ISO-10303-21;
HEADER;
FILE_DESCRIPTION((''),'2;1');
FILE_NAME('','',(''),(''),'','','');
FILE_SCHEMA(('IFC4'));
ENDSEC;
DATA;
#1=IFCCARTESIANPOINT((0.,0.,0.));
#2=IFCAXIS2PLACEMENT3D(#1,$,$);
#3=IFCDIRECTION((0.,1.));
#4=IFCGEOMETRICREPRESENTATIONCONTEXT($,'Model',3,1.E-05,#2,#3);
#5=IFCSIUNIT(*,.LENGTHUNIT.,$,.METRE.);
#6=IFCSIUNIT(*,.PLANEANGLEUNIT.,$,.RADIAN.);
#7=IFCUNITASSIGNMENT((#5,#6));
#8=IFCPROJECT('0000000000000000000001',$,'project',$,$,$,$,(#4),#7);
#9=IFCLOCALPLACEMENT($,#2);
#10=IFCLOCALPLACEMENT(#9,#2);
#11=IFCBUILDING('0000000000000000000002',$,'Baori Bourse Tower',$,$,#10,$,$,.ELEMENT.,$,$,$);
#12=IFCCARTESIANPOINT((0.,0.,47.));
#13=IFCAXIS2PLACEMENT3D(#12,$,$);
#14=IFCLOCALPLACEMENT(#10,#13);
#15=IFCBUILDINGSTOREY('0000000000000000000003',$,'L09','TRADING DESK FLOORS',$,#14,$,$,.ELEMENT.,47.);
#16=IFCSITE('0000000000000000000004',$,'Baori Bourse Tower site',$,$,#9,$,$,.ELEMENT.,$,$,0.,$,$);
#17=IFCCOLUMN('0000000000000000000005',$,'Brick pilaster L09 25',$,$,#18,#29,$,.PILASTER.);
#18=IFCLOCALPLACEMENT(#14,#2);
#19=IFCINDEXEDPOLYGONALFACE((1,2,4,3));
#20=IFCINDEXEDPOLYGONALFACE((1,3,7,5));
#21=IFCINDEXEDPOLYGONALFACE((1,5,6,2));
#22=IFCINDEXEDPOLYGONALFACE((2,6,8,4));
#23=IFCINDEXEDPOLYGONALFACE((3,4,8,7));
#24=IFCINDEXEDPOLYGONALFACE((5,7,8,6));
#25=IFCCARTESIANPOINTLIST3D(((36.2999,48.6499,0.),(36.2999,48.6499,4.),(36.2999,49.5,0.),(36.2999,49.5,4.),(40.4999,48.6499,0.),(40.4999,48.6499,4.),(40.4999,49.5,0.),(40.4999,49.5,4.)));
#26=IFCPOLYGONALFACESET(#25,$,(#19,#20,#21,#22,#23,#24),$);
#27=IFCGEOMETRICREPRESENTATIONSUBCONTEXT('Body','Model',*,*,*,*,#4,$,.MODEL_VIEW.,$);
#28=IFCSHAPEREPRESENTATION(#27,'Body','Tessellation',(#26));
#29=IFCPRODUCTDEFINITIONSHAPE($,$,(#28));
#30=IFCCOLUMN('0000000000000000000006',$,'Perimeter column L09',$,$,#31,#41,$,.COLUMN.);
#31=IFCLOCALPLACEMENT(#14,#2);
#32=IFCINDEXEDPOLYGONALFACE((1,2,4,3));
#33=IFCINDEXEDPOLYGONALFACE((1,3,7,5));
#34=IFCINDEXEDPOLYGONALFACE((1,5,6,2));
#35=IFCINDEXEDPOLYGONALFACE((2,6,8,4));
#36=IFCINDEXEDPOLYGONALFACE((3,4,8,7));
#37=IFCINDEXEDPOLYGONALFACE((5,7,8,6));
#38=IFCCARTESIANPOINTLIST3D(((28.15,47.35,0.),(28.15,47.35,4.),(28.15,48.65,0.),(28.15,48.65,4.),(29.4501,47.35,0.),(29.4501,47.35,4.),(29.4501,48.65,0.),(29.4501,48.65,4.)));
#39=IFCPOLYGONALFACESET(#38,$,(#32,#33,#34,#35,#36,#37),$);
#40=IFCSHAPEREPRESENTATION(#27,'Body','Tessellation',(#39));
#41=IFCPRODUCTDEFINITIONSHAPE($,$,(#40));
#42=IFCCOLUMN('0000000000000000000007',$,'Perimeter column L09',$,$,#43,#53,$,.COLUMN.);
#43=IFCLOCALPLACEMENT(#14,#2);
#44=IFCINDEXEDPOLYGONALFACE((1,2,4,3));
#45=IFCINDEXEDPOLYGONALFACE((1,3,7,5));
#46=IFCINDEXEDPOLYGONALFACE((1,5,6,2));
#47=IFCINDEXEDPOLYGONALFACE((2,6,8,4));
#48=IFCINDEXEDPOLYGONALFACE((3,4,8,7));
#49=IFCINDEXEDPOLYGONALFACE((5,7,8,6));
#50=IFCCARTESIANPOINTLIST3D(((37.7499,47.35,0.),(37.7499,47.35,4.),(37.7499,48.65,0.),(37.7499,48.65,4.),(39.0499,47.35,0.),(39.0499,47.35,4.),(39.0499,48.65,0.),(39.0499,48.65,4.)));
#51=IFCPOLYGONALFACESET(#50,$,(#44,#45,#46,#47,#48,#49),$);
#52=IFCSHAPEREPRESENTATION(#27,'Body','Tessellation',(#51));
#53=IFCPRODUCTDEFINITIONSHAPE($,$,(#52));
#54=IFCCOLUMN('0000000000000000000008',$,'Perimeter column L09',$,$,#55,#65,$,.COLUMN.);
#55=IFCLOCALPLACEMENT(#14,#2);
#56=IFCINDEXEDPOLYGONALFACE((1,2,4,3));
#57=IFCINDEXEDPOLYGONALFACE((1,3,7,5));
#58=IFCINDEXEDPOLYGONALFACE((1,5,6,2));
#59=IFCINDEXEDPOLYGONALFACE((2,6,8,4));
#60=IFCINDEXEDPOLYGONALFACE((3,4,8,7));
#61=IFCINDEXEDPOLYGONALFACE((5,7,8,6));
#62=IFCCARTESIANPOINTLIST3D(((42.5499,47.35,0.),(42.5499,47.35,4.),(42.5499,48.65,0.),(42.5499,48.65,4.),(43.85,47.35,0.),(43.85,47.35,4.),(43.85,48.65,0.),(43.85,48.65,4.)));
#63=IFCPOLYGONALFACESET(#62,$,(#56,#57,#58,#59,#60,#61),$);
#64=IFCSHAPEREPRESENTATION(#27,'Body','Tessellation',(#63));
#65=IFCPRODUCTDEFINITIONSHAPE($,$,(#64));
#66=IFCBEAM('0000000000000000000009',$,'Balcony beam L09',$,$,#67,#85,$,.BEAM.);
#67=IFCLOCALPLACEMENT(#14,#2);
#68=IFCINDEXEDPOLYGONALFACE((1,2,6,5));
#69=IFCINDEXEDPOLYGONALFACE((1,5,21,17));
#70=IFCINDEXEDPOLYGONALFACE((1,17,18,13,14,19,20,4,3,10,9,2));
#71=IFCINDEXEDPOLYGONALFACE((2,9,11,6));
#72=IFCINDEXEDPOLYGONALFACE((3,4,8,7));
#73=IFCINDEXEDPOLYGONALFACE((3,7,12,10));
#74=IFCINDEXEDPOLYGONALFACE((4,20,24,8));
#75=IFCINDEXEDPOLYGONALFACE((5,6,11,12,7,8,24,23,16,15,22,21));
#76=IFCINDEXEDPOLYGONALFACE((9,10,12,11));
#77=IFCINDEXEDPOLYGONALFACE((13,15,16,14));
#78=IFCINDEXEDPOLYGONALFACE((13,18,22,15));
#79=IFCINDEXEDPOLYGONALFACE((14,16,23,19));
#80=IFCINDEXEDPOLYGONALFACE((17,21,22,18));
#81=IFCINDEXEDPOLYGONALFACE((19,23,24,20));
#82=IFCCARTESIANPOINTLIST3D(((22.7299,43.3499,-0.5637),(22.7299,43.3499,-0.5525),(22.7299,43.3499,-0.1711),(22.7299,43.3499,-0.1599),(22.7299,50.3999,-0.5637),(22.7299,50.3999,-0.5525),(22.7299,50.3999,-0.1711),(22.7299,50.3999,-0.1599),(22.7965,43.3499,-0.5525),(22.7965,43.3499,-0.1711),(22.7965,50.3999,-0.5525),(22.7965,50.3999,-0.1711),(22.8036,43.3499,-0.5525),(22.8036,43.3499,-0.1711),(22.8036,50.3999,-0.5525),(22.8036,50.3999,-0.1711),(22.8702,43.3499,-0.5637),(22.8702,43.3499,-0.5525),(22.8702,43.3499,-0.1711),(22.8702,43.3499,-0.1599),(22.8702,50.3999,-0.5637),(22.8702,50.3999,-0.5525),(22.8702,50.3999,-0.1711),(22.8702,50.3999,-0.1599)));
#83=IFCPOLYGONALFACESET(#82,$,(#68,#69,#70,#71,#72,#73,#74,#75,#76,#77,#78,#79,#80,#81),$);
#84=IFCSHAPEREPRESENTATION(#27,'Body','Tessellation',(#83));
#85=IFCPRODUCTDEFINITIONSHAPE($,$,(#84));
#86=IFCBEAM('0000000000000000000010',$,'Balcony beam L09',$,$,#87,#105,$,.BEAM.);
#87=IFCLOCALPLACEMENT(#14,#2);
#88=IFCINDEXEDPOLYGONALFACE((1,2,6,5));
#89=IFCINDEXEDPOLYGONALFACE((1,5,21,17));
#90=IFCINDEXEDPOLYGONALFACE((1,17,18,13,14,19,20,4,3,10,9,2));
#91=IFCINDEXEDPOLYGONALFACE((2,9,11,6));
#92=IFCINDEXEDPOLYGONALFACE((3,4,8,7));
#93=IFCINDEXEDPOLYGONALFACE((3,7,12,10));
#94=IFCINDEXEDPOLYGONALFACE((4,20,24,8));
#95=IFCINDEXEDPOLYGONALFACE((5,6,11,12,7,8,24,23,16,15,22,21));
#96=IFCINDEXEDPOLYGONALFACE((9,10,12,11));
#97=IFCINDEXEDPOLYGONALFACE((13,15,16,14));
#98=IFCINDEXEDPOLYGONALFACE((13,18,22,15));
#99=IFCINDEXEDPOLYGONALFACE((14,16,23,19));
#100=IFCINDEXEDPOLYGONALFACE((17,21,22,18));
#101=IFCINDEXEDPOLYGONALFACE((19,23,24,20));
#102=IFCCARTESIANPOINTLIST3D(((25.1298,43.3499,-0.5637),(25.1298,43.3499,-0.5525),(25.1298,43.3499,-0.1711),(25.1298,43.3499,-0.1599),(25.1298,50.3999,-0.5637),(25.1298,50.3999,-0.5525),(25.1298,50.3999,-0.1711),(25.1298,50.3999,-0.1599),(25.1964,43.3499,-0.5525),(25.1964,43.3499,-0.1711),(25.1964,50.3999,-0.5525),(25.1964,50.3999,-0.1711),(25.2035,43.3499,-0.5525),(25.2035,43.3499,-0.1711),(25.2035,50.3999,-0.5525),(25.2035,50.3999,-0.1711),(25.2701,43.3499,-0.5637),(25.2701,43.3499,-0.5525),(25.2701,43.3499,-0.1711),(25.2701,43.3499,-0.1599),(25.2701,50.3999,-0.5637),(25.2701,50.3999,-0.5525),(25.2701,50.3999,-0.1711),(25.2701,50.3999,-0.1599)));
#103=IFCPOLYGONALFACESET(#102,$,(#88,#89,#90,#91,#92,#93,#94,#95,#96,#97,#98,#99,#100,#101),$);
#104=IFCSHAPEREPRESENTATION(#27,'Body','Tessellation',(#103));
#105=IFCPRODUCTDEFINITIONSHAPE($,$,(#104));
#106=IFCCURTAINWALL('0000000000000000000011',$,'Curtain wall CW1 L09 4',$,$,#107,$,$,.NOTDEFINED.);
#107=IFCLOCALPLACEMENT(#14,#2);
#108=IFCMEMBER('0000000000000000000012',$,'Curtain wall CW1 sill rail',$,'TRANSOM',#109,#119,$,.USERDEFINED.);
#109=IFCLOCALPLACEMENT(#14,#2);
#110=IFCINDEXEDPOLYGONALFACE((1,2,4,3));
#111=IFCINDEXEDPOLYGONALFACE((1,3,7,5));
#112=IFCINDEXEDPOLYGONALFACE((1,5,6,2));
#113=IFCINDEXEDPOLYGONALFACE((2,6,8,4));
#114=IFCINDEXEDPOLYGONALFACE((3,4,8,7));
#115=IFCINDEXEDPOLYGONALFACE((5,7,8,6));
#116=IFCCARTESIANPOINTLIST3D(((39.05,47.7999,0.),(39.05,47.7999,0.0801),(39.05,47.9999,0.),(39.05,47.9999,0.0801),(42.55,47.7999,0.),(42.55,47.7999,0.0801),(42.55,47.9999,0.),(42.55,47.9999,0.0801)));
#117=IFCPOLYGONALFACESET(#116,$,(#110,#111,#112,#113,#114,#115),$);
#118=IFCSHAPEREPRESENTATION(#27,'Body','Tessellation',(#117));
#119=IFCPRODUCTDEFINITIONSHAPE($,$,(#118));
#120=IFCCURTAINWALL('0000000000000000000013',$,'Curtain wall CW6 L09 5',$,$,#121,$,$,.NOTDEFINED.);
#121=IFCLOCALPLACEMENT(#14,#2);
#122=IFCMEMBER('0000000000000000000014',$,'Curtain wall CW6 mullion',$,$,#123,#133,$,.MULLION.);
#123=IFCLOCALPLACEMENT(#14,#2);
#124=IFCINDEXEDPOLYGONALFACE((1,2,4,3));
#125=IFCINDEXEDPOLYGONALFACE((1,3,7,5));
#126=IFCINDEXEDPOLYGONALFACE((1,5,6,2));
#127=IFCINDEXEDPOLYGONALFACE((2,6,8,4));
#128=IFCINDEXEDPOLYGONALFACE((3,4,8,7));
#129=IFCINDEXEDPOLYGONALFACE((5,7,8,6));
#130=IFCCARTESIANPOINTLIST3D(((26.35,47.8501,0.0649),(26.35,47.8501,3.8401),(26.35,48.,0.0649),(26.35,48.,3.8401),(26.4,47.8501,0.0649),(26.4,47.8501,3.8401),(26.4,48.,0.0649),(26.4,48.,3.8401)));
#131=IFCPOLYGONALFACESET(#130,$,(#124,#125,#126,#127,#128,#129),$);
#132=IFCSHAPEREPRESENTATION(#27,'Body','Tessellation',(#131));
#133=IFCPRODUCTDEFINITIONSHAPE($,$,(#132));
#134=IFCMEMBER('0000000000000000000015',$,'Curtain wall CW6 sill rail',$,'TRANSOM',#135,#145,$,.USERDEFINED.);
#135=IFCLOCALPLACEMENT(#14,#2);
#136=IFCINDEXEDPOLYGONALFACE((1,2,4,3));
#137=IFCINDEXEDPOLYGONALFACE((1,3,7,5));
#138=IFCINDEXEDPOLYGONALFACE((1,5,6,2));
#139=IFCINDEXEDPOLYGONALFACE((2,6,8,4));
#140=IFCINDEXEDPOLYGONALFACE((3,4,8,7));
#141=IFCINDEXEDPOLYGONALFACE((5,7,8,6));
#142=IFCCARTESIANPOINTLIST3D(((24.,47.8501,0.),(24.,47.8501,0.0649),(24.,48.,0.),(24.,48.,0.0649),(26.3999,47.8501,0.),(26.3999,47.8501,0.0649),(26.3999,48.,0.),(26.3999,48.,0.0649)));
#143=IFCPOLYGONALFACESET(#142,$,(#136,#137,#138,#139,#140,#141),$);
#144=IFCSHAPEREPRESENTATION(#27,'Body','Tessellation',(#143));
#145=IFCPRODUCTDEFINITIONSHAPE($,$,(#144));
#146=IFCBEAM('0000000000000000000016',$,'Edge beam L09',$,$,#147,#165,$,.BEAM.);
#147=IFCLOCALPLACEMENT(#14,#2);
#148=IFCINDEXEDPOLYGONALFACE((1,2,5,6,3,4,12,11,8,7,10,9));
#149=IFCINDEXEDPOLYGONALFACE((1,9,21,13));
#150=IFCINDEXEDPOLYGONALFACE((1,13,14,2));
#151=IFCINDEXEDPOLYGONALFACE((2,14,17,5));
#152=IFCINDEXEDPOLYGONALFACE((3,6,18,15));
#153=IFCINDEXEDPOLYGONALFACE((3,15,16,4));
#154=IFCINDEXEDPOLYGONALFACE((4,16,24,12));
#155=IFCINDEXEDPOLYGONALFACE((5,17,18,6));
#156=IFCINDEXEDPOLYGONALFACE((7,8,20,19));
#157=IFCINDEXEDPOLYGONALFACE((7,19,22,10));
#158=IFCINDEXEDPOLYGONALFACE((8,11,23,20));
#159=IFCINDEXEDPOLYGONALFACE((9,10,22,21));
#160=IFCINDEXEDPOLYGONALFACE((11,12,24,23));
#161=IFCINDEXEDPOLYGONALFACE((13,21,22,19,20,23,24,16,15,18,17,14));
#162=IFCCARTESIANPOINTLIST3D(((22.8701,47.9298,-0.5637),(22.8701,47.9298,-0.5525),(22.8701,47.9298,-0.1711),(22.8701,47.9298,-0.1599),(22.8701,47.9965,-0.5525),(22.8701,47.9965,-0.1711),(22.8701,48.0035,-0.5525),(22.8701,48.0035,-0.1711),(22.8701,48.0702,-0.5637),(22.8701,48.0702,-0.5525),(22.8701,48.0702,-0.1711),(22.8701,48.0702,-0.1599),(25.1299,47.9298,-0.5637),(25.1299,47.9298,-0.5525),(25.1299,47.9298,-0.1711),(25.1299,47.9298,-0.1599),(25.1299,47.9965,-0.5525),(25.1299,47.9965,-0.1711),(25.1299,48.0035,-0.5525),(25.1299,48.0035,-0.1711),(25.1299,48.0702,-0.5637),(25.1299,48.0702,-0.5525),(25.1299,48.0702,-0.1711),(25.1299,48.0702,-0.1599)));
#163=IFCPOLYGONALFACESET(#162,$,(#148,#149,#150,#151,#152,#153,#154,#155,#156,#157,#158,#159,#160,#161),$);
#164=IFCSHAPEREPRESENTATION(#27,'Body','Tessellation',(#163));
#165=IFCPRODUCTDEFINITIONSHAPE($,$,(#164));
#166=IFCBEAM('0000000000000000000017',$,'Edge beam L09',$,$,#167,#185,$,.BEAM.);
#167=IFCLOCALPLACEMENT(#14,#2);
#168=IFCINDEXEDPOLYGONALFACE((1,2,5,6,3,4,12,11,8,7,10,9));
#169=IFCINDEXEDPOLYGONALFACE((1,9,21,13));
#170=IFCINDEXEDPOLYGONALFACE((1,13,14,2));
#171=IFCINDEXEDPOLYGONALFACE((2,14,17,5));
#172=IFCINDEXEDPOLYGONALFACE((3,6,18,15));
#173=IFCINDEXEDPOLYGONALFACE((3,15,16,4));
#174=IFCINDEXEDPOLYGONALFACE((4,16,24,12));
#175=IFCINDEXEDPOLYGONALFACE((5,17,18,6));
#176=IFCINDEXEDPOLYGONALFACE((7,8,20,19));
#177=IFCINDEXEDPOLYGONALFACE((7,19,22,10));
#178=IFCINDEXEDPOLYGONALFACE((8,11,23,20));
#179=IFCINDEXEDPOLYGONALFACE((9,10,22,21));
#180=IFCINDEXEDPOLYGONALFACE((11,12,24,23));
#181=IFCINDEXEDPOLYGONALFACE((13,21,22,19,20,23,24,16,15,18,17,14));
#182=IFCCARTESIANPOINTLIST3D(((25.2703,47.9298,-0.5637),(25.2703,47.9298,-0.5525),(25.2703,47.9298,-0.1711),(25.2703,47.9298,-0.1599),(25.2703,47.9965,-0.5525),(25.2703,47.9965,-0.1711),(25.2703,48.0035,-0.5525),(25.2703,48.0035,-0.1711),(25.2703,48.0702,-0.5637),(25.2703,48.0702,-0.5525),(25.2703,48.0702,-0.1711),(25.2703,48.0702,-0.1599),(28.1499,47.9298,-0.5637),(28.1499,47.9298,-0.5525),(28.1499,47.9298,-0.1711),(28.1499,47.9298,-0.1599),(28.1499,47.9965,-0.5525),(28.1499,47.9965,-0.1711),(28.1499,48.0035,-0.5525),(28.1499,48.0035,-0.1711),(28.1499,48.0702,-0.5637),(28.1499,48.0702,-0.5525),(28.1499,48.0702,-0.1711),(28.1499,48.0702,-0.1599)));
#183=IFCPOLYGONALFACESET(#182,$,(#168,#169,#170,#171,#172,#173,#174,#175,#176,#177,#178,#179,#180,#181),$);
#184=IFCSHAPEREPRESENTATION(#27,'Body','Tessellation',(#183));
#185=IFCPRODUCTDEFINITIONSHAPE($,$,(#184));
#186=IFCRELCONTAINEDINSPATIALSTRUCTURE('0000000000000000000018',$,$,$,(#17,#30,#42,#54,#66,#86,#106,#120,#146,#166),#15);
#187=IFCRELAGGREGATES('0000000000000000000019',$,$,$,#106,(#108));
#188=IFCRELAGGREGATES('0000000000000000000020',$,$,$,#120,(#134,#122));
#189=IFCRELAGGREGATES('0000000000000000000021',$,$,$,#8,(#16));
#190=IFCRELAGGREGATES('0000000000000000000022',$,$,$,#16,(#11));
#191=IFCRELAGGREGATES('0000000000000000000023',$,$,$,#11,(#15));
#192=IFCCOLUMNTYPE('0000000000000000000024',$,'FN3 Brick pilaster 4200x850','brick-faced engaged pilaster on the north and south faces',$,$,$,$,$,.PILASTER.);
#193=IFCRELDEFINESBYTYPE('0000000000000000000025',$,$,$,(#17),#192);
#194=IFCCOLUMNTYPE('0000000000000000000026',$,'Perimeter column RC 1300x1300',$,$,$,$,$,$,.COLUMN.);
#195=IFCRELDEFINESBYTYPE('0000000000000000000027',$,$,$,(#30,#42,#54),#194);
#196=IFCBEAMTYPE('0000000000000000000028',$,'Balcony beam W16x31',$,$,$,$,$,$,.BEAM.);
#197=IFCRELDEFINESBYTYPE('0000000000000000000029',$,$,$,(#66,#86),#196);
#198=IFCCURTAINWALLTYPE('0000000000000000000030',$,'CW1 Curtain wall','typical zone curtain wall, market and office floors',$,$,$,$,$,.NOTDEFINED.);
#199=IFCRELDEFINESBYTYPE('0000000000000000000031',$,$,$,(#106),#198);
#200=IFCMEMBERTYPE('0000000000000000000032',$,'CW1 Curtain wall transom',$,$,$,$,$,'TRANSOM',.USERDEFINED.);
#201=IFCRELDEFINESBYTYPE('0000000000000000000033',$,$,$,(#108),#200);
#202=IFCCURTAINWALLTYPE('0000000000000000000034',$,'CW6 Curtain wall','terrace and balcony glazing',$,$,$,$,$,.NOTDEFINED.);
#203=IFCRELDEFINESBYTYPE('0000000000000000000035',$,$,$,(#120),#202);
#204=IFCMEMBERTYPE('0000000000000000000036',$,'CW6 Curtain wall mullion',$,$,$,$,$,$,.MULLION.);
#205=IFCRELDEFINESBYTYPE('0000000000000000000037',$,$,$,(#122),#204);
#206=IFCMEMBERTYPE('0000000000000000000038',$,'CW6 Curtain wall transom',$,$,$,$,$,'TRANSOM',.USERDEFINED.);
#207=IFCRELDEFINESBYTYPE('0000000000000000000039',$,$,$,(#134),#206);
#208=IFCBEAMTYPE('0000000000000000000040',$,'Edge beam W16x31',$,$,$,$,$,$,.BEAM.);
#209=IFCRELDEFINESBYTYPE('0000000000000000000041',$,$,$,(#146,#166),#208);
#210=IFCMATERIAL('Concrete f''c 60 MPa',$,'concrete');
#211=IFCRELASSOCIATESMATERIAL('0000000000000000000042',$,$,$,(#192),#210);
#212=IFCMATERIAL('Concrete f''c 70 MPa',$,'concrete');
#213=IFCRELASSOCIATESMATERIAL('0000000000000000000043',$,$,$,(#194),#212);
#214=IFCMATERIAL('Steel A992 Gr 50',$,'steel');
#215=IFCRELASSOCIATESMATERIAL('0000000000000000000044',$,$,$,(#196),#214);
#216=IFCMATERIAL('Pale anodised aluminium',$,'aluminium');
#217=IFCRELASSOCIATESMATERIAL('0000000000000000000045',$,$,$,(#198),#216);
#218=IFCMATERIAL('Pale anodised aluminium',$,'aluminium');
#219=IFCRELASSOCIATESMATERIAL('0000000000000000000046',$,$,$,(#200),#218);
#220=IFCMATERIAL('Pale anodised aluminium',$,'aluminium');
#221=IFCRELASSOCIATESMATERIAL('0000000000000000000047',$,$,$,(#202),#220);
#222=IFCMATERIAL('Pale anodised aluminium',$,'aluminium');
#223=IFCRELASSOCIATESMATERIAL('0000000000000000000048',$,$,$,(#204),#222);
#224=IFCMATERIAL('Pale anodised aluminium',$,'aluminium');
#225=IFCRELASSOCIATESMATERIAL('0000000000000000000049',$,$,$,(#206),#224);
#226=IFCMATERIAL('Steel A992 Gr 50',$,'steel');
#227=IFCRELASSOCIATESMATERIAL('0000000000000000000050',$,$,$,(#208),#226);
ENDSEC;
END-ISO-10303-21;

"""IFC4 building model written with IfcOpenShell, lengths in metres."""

from ifc_helpers import new_model, si_unit, direction, frame, origin, origin_2d, place, context, subcontext, project, spatial, rectangle, i_section, extrude, material, material_profile, profile_set, type_object, element, aggregate, save


model = new_model("IFC4")

# Units and contexts
model_context = context("Model", 3, precision=1e-05, world=origin(), true_north=direction((0.0, 1.0)))
body_context = subcontext(model_context, "Body", "Model", "MODEL_VIEW")
ifc_project = project(units=[si_unit("LENGTHUNIT", "METRE"), si_unit("PLANEANGLEUNIT", "RADIAN")], contexts=[model_context])

# Site, building, storey
site_placement = place(None, origin())
site = spatial("IfcSite", under=ifc_project, at=site_placement, Name="Baori Bourse Tower site", CompositionType="ELEMENT", RefElevation=0.0)
building_placement = place(site_placement, origin())
building = spatial("IfcBuilding", under=site, at=building_placement, Name="Baori Bourse Tower", CompositionType="ELEMENT")
storey_placement = place(building_placement, frame((0.0, 0.0, 47.0)))
storey = spatial("IfcBuildingStorey", under=building, at=storey_placement, Name="L09", Description="TRADING DESK FLOORS", CompositionType="ELEMENT", Elevation=47.0)

# Columns
ifc_material_1 = material(Name="Concrete f'c 60 MPa", Category="concrete")
ifc_material_profile_1 = material_profile(ifc_material_1, rectangle(XDim=4.2, YDim=0.8501, at=origin_2d()), Name="RC 4200x850")
ifc_profile_set_1 = profile_set([ifc_material_profile_1], Name="Concrete f'c 60 MPa")
column_type_1 = type_object("IfcColumnType", Name="FN3 Brick pilaster 4200x850", Description="brick-faced engaged pilaster on the north and south faces", PredefinedType="PILASTER", material=ifc_profile_set_1)
column_placement = place(storey_placement, frame((38.3999, 49.075, 0.0), z_axis=(0.0, 0.0, 1.0), x_axis=(1.0, 0.0, 0.0)))
element("IfcColumn", 1, at=column_placement, inside=storey, type_object=column_type_1, Name="Brick pilaster L09 25", PredefinedType="PILASTER", context=body_context, shape_type="SweptSolid", body=[
    extrude(rectangle(XDim=4.2, YDim=0.8501, at=origin_2d()), origin(), (0.0, 0.0, 1.0), 4.0),
])
ifc_material_2 = material(Name="Concrete f'c 70 MPa", Category="concrete")
ifc_material_profile_2 = material_profile(ifc_material_2, rectangle(XDim=1.3, YDim=1.3, at=origin_2d()), Name="RC 1300x1300")
ifc_profile_set_2 = profile_set([ifc_material_profile_2], Name="Concrete f'c 70 MPa")
column_type_2 = type_object("IfcColumnType", Name="Perimeter column RC 1300x1300", PredefinedType="COLUMN", material=ifc_profile_set_2)
for number, where, z_axis, x_axis, name in (
    (2, (28.8, 48.0, 0.0), (0.0, 0.0, 1.0), (1.0, 0.0, 0.0), "Perimeter column L09"),
    (3, (38.3999, 48.0, 0.0), (0.0, 0.0, 1.0), (1.0, 0.0, 0.0), "Perimeter column L09"),
    (4, (43.2, 48.0, 0.0), (0.0, 0.0, 1.0), (1.0, 0.0, 0.0), "Perimeter column L09"),
):
    element("IfcColumn", number, at=place(storey_placement, frame(where, z_axis=z_axis, x_axis=x_axis)), inside=storey, type_object=column_type_2, Name=name, PredefinedType="COLUMN", context=body_context, shape_type="SweptSolid", body=[
        extrude(rectangle(XDim=1.3, YDim=1.3, at=origin_2d()), origin(), (0.0, 0.0, 1.0), 4.0),
    ])

# Beams
ifc_material_3 = material(Name="Steel A992 Gr 50", Category="steel")
ifc_material_profile_3 = material_profile(ifc_material_3, i_section(OverallWidth=0.1404, OverallDepth=0.4038, WebThickness=0.0071, FlangeThickness=0.0112, at=origin_2d()), Name="W16x31")
ifc_profile_set_3 = profile_set([ifc_material_profile_3], Name="Steel A992 Gr 50")
beam_type_1 = type_object("IfcBeamType", Name="Balcony beam W16x31", PredefinedType="BEAM", material=ifc_profile_set_3)
for number, where, z_axis, x_axis, name in (
    (5, (22.8, 50.3999, -0.3618), (0.0, -1.0, 0.0), (1.0, 0.0, 0.0), "Balcony beam L09"),
    (6, (25.2, 50.3999, -0.3618), (0.0, -1.0, 0.0), (1.0, 0.0, 0.0), "Balcony beam L09"),
):
    element("IfcBeam", number, at=place(storey_placement, frame(where, z_axis=z_axis, x_axis=x_axis)), inside=storey, type_object=beam_type_1, Name=name, PredefinedType="BEAM", context=body_context, shape_type="SweptSolid", body=[
        extrude(i_section(OverallWidth=0.1404, OverallDepth=0.4038, WebThickness=0.0071, FlangeThickness=0.0112, at=origin_2d()), origin(), (0.0, 0.0, 1.0), 7.05),
    ])

# Curtain wall, member
ifc_material_4 = material(Name="Pale anodised aluminium", Category="aluminium")
curtain_wall_type_1 = type_object("IfcCurtainWallType", Name="CW1 Curtain wall", Description="typical zone curtain wall, market and office floors", PredefinedType="NOTDEFINED", material=ifc_material_4)
curtain_wall_1_placement = place(storey_placement, origin())
curtain_wall_1 = element("IfcCurtainWall", 7, at=curtain_wall_1_placement, inside=storey, type_object=curtain_wall_type_1, Name="Curtain wall CW1 L09 4", PredefinedType="NOTDEFINED")
ifc_material_5 = material(Name="Pale anodised aluminium", Category="aluminium")
ifc_material_profile_4 = material_profile(ifc_material_5, rectangle(XDim=0.2, YDim=0.0801, at=origin_2d()), Name="Transom 80x200")
ifc_profile_set_4 = profile_set([ifc_material_profile_4], Name="Pale anodised aluminium")
member_type_1 = type_object("IfcMemberType", Name="CW1 Curtain wall transom", ElementType="TRANSOM", PredefinedType="USERDEFINED", material=ifc_profile_set_4)
member_1_placement = place(storey_placement, frame((42.55, 47.8999, 0.04), z_axis=(-1.0, 0.0, 0.0), x_axis=(0.0, -1.0, 0.0)))
member_1 = element("IfcMember", 8, at=member_1_placement, type_object=member_type_1, Name="Curtain wall CW1 sill rail", ObjectType="TRANSOM", PredefinedType="USERDEFINED", context=body_context, shape_type="SweptSolid", body=[
    extrude(rectangle(XDim=0.2, YDim=0.0801, at=origin_2d()), origin(), (0.0, 0.0, 1.0), 3.5),
])

# Curtain wall, members
ifc_material_6 = material(Name="Pale anodised aluminium", Category="aluminium")
curtain_wall_type_2 = type_object("IfcCurtainWallType", Name="CW6 Curtain wall", Description="terrace and balcony glazing", PredefinedType="NOTDEFINED", material=ifc_material_6)
curtain_wall_2_placement = place(storey_placement, origin())
curtain_wall_2 = element("IfcCurtainWall", 9, at=curtain_wall_2_placement, inside=storey, type_object=curtain_wall_type_2, Name="Curtain wall CW6 L09 5", PredefinedType="NOTDEFINED")
ifc_material_7 = material(Name="Pale anodised aluminium", Category="aluminium")
ifc_material_profile_5 = material_profile(ifc_material_7, rectangle(XDim=0.1499, YDim=0.05, at=origin_2d()), Name="Mullion 50x150")
ifc_profile_set_5 = profile_set([ifc_material_profile_5], Name="Pale anodised aluminium")
member_type_2 = type_object("IfcMemberType", Name="CW6 Curtain wall mullion", PredefinedType="MULLION", material=ifc_profile_set_5)
member_2_placement = place(storey_placement, frame((26.375, 47.925, 0.0649), z_axis=(0.0, 0.0, 1.0), x_axis=(0.0, -1.0, 0.0)))
member_2 = element("IfcMember", 10, at=member_2_placement, type_object=member_type_2, Name="Curtain wall CW6 mullion", PredefinedType="MULLION", context=body_context, shape_type="SweptSolid", body=[
    extrude(rectangle(XDim=0.1499, YDim=0.05, at=origin_2d()), origin(), (0.0, 0.0, 1.0), 3.7751),
])
ifc_material_8 = material(Name="Pale anodised aluminium", Category="aluminium")
ifc_material_profile_6 = material_profile(ifc_material_8, rectangle(XDim=0.1499, YDim=0.0649, at=origin_2d()), Name="Transom 65x150")
ifc_profile_set_6 = profile_set([ifc_material_profile_6], Name="Pale anodised aluminium")
member_type_3 = type_object("IfcMemberType", Name="CW6 Curtain wall transom", ElementType="TRANSOM", PredefinedType="USERDEFINED", material=ifc_profile_set_6)
member_3_placement = place(storey_placement, frame((26.3999, 47.925, 0.0325), z_axis=(-1.0, 0.0, 0.0), x_axis=(0.0, -1.0, 0.0)))
member_3 = element("IfcMember", 11, at=member_3_placement, type_object=member_type_3, Name="Curtain wall CW6 sill rail", ObjectType="TRANSOM", PredefinedType="USERDEFINED", context=body_context, shape_type="SweptSolid", body=[
    extrude(rectangle(XDim=0.1499, YDim=0.0649, at=origin_2d()), origin(), (0.0, 0.0, 1.0), 2.3999),
])

# Beams
ifc_material_9 = material(Name="Steel A992 Gr 50", Category="steel")
ifc_material_profile_7 = material_profile(ifc_material_9, i_section(OverallWidth=0.1404, OverallDepth=0.4038, WebThickness=0.0071, FlangeThickness=0.0112, at=origin_2d()), Name="W16x31")
ifc_profile_set_7 = profile_set([ifc_material_profile_7], Name="Steel A992 Gr 50")
beam_type_2 = type_object("IfcBeamType", Name="Edge beam W16x31", PredefinedType="BEAM", material=ifc_profile_set_7)
beam_1_placement = place(storey_placement, frame((22.8701, 48.0, -0.3618), z_axis=(1.0, 0.0, 0.0), x_axis=(0.0, 1.0, 0.0)))
element("IfcBeam", 12, at=beam_1_placement, inside=storey, type_object=beam_type_2, Name="Edge beam L09", PredefinedType="BEAM", context=body_context, shape_type="SweptSolid", body=[
    extrude(i_section(OverallWidth=0.1404, OverallDepth=0.4038, WebThickness=0.0071, FlangeThickness=0.0112, at=origin_2d()), origin(), (0.0, 0.0, 1.0), 2.2598),
])
beam_2_placement = place(storey_placement, frame((25.2703, 48.0, -0.3618), z_axis=(1.0, 0.0, 0.0), x_axis=(0.0, 1.0, 0.0)))
element("IfcBeam", 13, at=beam_2_placement, inside=storey, type_object=beam_type_2, Name="Edge beam L09", PredefinedType="BEAM", context=body_context, shape_type="SweptSolid", body=[
    extrude(i_section(OverallWidth=0.1404, OverallDepth=0.4038, WebThickness=0.0071, FlangeThickness=0.0112, at=origin_2d()), origin(), (0.0, 0.0, 1.0), 2.8796),
])

aggregate(curtain_wall_1, [member_1])
aggregate(curtain_wall_2, [member_3, member_2])

save(model, "model.ifc")
